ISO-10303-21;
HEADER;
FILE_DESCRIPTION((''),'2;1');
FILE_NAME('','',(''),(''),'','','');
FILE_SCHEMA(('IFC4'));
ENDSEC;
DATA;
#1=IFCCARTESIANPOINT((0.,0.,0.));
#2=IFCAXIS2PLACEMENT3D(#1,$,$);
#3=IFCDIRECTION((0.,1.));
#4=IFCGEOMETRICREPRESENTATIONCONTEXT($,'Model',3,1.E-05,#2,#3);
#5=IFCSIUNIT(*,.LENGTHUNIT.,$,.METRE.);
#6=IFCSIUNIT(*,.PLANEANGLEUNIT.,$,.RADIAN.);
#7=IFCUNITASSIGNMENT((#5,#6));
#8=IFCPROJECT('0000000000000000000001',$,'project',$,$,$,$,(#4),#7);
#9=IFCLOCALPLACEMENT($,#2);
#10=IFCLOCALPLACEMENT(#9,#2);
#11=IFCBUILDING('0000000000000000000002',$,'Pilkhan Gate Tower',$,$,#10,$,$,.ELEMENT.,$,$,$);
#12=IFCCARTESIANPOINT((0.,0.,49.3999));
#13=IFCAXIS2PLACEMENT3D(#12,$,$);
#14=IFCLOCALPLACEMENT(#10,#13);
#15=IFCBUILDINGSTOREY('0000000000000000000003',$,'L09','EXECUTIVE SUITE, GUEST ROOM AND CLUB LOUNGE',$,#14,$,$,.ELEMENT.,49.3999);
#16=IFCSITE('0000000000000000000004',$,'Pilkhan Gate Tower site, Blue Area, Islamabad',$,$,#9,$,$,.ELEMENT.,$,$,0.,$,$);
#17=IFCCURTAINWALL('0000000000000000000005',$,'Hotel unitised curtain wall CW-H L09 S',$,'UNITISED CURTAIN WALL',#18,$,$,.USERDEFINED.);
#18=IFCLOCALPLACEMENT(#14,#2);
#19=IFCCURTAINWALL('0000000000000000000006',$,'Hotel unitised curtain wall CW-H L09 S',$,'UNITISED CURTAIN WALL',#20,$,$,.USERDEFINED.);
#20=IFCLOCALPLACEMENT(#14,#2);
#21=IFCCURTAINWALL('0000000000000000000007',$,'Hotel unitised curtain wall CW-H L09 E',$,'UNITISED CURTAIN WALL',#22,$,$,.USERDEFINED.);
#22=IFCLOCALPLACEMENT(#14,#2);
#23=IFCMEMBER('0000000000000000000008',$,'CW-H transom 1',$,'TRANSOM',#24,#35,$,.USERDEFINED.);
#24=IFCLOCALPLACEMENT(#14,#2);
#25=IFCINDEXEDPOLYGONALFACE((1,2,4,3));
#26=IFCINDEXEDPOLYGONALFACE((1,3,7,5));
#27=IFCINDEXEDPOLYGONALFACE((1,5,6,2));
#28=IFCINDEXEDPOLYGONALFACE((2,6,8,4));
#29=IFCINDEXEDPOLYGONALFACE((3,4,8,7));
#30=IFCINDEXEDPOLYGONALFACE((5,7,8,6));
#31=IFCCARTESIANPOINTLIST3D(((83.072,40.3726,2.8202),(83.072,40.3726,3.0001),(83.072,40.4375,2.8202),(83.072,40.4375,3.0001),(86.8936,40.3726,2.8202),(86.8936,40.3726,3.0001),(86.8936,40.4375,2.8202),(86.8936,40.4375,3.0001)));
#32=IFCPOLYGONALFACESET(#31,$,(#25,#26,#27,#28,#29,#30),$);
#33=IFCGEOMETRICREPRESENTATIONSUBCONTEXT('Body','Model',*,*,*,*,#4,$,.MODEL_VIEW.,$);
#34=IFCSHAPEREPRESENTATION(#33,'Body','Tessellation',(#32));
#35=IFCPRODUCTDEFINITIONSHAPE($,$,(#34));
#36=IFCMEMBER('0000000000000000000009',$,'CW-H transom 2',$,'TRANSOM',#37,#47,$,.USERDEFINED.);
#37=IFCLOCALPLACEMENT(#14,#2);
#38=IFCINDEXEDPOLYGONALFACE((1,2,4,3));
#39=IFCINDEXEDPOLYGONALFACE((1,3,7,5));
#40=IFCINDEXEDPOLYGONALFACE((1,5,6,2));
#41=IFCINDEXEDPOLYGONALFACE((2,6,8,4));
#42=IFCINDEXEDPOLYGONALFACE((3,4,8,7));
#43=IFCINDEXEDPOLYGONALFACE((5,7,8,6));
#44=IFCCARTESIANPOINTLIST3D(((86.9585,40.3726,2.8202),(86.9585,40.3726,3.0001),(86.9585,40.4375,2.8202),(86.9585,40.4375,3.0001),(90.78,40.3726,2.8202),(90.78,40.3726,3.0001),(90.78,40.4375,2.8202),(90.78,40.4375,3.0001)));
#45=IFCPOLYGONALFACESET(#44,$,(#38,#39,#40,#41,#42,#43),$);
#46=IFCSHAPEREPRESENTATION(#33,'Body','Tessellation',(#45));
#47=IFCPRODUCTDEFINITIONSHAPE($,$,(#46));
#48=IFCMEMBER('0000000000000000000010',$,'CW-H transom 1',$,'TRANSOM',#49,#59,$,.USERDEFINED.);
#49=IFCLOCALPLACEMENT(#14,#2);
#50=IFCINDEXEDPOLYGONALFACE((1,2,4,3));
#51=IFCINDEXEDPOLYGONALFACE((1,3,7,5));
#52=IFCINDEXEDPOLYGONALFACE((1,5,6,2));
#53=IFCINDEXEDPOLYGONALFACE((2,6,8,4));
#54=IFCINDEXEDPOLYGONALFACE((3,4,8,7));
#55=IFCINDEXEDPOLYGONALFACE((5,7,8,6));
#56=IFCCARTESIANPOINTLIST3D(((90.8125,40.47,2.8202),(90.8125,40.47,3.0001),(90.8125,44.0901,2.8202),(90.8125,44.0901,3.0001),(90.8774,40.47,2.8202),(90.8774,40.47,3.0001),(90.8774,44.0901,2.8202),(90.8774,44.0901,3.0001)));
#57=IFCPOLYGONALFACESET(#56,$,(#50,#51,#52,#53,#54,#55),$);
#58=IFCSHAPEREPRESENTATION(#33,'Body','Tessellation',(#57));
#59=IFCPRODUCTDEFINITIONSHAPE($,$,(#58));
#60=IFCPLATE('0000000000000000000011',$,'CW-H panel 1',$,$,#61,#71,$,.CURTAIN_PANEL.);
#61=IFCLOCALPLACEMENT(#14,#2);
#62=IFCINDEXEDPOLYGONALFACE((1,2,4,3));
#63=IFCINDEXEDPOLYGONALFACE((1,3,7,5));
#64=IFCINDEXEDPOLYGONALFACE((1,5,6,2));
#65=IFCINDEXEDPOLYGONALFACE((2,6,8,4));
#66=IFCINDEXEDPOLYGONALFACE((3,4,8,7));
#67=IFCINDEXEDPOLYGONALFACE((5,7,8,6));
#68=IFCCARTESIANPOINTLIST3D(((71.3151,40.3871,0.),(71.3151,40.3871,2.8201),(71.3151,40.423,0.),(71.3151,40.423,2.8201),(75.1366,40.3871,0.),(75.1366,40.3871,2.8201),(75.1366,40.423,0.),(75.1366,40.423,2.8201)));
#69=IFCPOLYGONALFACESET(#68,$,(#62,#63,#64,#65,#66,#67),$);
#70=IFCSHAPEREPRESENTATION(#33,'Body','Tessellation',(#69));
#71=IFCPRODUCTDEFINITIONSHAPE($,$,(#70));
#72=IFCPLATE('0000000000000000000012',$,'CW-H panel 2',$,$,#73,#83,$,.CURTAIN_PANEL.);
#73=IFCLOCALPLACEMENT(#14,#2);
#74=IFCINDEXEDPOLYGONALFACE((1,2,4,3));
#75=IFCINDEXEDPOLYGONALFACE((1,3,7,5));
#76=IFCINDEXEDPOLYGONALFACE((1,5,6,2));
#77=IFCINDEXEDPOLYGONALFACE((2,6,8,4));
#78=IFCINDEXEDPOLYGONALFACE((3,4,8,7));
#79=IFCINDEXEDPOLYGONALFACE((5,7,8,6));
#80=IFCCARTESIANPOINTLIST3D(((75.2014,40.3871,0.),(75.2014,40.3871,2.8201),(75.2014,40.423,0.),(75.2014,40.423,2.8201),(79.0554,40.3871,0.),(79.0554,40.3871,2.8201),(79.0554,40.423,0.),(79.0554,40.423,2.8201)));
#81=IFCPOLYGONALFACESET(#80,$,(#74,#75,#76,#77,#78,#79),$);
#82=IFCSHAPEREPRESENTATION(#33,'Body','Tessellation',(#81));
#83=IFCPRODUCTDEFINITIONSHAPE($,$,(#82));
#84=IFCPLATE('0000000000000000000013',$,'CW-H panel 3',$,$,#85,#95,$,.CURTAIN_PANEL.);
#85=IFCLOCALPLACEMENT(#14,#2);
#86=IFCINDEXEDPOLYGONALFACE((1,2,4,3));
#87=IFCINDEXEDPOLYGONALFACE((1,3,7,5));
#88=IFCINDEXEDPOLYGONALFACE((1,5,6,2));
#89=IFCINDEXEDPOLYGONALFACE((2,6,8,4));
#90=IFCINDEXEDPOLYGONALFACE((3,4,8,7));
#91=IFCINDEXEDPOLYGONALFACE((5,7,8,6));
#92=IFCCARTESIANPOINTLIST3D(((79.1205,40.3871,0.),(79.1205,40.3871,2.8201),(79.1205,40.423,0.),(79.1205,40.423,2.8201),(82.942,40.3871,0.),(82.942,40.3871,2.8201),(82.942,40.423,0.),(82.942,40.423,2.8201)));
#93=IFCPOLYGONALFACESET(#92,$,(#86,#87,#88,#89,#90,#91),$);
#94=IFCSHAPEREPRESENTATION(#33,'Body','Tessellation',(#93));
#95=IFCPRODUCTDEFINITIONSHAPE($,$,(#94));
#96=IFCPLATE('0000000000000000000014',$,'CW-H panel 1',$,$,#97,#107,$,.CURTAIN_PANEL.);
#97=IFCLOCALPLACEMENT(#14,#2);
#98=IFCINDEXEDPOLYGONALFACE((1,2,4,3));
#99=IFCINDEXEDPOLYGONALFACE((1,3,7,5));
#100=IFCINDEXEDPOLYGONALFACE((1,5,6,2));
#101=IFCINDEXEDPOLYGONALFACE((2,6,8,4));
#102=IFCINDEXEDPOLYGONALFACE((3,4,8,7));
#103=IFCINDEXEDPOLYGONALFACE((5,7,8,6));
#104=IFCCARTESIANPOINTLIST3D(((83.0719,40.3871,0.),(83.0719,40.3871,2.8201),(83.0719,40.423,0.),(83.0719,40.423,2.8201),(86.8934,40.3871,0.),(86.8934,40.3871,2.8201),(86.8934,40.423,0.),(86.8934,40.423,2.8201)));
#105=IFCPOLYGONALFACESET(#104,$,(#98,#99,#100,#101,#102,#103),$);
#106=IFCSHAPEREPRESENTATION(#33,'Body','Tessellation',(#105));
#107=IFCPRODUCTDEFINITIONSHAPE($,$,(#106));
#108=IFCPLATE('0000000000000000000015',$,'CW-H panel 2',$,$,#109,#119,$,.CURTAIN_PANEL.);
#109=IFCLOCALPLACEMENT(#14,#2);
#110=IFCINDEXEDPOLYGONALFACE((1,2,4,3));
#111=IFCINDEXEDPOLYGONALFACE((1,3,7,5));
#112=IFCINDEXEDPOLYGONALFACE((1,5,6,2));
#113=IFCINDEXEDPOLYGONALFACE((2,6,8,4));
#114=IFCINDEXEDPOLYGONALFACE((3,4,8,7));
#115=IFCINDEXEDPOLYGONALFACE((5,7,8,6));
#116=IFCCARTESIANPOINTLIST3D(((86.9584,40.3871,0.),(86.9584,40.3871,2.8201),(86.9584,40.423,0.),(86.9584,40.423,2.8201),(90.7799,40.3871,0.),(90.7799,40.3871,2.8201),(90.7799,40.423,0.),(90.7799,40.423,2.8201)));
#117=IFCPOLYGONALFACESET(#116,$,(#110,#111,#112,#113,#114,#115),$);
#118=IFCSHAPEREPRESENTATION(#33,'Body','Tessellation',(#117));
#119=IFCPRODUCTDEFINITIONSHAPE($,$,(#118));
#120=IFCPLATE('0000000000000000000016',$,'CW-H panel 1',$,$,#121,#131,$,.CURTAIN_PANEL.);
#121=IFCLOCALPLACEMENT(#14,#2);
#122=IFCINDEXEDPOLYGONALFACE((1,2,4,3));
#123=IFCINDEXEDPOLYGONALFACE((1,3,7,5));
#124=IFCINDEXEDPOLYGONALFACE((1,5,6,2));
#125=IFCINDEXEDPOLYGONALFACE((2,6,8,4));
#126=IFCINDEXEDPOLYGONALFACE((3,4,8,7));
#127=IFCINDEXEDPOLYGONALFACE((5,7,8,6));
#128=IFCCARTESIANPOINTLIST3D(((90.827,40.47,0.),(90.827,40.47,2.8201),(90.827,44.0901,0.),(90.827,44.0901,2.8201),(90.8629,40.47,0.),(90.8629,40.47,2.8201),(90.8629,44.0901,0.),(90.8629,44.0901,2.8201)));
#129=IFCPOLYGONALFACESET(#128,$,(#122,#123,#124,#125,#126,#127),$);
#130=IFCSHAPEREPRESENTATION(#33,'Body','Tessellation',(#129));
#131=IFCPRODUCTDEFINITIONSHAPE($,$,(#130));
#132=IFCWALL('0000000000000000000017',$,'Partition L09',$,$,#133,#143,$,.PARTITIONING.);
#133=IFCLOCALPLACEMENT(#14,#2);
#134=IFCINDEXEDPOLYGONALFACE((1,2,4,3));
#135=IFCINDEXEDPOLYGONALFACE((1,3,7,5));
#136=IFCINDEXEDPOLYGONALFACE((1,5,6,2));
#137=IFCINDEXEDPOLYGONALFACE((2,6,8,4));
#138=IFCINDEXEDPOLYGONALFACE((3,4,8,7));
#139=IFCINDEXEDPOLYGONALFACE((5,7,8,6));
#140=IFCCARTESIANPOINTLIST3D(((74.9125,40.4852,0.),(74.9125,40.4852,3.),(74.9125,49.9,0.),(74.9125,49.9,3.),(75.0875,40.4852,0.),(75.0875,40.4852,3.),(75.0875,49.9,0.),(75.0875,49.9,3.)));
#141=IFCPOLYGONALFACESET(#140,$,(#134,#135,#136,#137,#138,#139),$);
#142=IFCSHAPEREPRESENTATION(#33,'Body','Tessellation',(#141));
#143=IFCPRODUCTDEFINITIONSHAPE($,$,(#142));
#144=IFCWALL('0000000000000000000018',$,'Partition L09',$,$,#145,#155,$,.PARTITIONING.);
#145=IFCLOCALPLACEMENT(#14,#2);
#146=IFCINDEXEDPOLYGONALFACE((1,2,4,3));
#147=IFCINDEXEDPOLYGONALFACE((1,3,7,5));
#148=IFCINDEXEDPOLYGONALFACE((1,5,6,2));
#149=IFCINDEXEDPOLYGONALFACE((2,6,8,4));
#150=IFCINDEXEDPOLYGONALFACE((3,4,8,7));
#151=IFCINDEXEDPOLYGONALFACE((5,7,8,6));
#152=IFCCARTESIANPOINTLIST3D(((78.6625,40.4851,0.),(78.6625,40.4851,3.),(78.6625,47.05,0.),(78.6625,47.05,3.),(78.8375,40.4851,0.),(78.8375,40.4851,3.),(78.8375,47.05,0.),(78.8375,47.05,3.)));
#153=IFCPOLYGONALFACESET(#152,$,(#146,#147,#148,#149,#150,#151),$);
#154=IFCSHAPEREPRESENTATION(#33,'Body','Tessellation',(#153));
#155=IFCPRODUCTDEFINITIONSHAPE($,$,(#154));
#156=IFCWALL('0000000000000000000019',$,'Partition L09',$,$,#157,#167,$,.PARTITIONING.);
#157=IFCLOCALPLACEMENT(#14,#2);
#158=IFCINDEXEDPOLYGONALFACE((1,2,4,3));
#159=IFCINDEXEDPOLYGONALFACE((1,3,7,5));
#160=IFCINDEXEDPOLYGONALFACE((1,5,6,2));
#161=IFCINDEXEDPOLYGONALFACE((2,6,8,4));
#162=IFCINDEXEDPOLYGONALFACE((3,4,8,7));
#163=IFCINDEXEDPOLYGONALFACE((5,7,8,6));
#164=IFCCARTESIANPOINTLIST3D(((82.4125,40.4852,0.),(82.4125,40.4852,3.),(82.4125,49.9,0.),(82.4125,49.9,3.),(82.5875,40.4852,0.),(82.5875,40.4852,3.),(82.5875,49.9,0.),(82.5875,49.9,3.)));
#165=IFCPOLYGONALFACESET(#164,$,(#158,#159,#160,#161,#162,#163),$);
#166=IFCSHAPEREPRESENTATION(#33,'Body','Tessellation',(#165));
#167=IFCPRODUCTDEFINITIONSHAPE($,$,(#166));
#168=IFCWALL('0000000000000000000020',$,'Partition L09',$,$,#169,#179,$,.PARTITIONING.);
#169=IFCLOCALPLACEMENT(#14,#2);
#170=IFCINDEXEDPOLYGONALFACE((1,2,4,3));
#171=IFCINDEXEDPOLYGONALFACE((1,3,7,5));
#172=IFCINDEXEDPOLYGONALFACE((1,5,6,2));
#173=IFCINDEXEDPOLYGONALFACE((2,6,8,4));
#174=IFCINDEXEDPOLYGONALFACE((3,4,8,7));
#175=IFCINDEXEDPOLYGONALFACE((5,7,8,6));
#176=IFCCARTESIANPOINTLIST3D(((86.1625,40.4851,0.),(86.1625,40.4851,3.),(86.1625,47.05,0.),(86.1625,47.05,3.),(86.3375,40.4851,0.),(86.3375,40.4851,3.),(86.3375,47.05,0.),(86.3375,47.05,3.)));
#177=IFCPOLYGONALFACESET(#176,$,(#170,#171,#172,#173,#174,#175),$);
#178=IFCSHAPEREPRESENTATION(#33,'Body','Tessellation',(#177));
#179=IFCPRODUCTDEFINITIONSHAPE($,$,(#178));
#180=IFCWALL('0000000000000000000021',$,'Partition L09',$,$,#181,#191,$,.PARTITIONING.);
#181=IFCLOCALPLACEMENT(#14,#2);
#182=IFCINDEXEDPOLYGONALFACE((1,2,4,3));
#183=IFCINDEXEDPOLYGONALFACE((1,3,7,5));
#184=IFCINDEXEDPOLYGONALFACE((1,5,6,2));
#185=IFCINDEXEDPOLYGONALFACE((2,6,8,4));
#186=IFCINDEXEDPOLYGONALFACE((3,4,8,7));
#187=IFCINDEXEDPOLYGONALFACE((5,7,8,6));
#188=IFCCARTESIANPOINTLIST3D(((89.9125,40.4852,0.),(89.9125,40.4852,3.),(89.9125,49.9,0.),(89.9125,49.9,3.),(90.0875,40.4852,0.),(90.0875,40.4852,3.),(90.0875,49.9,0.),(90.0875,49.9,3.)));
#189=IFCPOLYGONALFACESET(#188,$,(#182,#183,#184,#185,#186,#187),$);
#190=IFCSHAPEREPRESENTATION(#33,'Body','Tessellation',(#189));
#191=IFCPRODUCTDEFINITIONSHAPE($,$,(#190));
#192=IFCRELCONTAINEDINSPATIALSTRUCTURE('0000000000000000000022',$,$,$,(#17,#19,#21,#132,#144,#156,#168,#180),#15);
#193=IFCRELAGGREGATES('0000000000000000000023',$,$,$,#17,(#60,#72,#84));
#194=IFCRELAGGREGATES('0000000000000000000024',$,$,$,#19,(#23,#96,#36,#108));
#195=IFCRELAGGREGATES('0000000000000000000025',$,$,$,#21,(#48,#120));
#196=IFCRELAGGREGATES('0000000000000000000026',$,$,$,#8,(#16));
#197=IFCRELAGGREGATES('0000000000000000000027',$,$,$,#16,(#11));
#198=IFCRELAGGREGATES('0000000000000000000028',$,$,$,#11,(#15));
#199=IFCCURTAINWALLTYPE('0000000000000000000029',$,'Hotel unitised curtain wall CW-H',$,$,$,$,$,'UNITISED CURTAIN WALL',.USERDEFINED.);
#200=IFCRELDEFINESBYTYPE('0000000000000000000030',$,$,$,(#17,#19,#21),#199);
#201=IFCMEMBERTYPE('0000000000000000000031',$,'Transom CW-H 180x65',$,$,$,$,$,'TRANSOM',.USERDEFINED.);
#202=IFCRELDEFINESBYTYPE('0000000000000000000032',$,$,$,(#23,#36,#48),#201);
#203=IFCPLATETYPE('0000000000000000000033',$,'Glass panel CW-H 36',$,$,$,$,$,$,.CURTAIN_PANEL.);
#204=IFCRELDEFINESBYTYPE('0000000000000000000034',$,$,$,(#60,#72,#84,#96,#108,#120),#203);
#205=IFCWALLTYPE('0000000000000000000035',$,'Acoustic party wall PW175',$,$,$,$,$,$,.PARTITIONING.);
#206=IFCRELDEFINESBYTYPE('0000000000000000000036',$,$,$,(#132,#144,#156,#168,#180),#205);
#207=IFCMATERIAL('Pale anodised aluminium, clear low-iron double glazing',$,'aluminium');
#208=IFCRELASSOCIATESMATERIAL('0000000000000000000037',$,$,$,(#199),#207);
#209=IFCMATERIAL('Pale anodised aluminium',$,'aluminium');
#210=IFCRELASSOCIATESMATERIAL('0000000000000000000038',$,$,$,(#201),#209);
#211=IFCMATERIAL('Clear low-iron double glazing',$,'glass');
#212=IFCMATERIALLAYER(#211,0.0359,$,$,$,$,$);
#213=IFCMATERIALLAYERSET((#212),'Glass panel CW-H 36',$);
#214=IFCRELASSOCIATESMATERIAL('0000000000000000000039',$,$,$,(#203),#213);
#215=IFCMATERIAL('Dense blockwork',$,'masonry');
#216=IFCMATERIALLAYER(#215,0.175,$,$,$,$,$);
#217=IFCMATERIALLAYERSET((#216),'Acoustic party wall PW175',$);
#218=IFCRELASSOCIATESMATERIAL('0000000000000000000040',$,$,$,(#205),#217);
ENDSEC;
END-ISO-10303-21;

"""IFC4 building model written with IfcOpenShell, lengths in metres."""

from ifc_helpers import new_model, si_unit, direction, frame, frame_2d, origin, origin_2d, place, context, subcontext, project, spatial, rectangle, extrude, material, layer, layer_set, material_profile, profile_set, type_object, element, aggregate, save


model = new_model("IFC4")

# Units and contexts
model_context = context("Model", 3, precision=1e-05, world=origin(), true_north=direction((0.0, 1.0)))
body_context = subcontext(model_context, "Body", "Model", "MODEL_VIEW")
ifc_project = project(units=[si_unit("LENGTHUNIT", "METRE"), si_unit("PLANEANGLEUNIT", "RADIAN")], contexts=[model_context])

# Site, building, storey
site_placement = place(None, origin())
site = spatial("IfcSite", under=ifc_project, at=site_placement, Name="Pilkhan Gate Tower site, Blue Area, Islamabad", CompositionType="ELEMENT", RefElevation=0.0)
building_placement = place(site_placement, origin())
building = spatial("IfcBuilding", under=site, at=building_placement, Name="Pilkhan Gate Tower", CompositionType="ELEMENT")
storey_placement = place(building_placement, frame((0.0, 0.0, 49.3999)))
storey = spatial("IfcBuildingStorey", under=building, at=storey_placement, Name="L09", Description="EXECUTIVE SUITE, GUEST ROOM AND CLUB LOUNGE", CompositionType="ELEMENT", Elevation=49.3999)

# Curtain walls
ifc_material_1 = material(Name="Pale anodised aluminium, clear low-iron double glazing", Category="aluminium")
curtain_wall_type = type_object("IfcCurtainWallType", Name="Hotel unitised curtain wall CW-H", ElementType="UNITISED CURTAIN WALL", PredefinedType="USERDEFINED", material=ifc_material_1)
curtain_wall_1_placement = place(storey_placement, origin())
curtain_wall_1 = element("IfcCurtainWall", 1, at=curtain_wall_1_placement, inside=storey, type_object=curtain_wall_type, Name="Hotel unitised curtain wall CW-H L09 S", ObjectType="UNITISED CURTAIN WALL", PredefinedType="USERDEFINED")
ifc_material_2 = material(Name="Pale anodised aluminium", Category="aluminium")
curtain_wall_2_placement = place(storey_placement, origin())
curtain_wall_2 = element("IfcCurtainWall", 2, at=curtain_wall_2_placement, inside=storey, type_object=curtain_wall_type, Name="Hotel unitised curtain wall CW-H L09 S", ObjectType="UNITISED CURTAIN WALL", PredefinedType="USERDEFINED")
curtain_wall_3_placement = place(storey_placement, origin())
curtain_wall_3 = element("IfcCurtainWall", 3, at=curtain_wall_3_placement, inside=storey, type_object=curtain_wall_type, Name="Hotel unitised curtain wall CW-H L09 E", ObjectType="UNITISED CURTAIN WALL", PredefinedType="USERDEFINED")

# Members
ifc_material_profile_1 = material_profile(ifc_material_2, rectangle(XDim=0.0649, YDim=0.1799, at=origin_2d()), Name="Transom 180x65")
ifc_profile_set_1 = profile_set([ifc_material_profile_1], Name="Pale anodised aluminium")
member_type_1 = type_object("IfcMemberType", Name="Transom CW-H 180x65", ElementType="TRANSOM", PredefinedType="USERDEFINED", material=ifc_profile_set_1)
member_1_placement = place(storey_placement, frame((83.072, 40.405, 2.9102), z_axis=(1.0, 0.0, 0.0), x_axis=(0.0, 1.0, 0.0)))
member_1 = element("IfcMember", 4, at=member_1_placement, type_object=member_type_1, Name="CW-H transom 1", ObjectType="TRANSOM", PredefinedType="USERDEFINED", context=body_context, shape_type="SweptSolid", body=[
    extrude(rectangle(XDim=0.0649, YDim=0.1799, at=origin_2d()), origin(), (0.0, 0.0, 1.0), 3.8215),
])
member_2_placement = place(storey_placement, frame((86.9585, 40.405, 2.9102), z_axis=(1.0, 0.0, 0.0), x_axis=(0.0, 1.0, 0.0)))
member_2 = element("IfcMember", 5, at=member_2_placement, type_object=member_type_1, Name="CW-H transom 2", ObjectType="TRANSOM", PredefinedType="USERDEFINED", context=body_context, shape_type="SweptSolid", body=[
    extrude(rectangle(XDim=0.0649, YDim=0.1799, at=origin_2d()), origin(), (0.0, 0.0, 1.0), 3.8215),
])
member_3_placement = place(storey_placement, frame((90.845, 40.47, 2.9102), z_axis=(0.0, 1.0, 0.0), x_axis=(-1.0, 0.0, 0.0)))
member_3 = element("IfcMember", 6, at=member_3_placement, type_object=member_type_1, Name="CW-H transom 1", ObjectType="TRANSOM", PredefinedType="USERDEFINED", context=body_context, shape_type="SweptSolid", body=[
    extrude(rectangle(XDim=0.0649, YDim=0.1799, at=origin_2d()), origin(), (0.0, 0.0, 1.0), 3.6201),
])

# Plates
ifc_material_3 = material(Name="Clear low-iron double glazing", Category="glass")
ifc_layer_1 = layer(ifc_material_3, 0.0359)
ifc_layer_set_1 = layer_set([ifc_layer_1], Name="Glass panel CW-H 36")
plate_type = type_object("IfcPlateType", Name="Glass panel CW-H 36", PredefinedType="CURTAIN_PANEL", material=ifc_layer_set_1)
plate_1_placement = place(storey_placement, frame((73.2258, 40.405, 0.0), z_axis=(0.0, 0.0, 1.0), x_axis=(1.0, 0.0, 0.0)))
plate_1 = element("IfcPlate", 7, at=plate_1_placement, type_object=plate_type, Name="CW-H panel 1", PredefinedType="CURTAIN_PANEL", context=body_context, shape_type="SweptSolid", body=[
    extrude(rectangle(XDim=3.8215, YDim=0.0359, at=origin_2d()), origin(), (0.0, 0.0, 1.0), 2.8201),
])
plate_2_placement = place(storey_placement, frame((77.1284, 40.405, 0.0), z_axis=(0.0, 0.0, 1.0), x_axis=(1.0, 0.0, 0.0)))
plate_2 = element("IfcPlate", 8, at=plate_2_placement, type_object=plate_type, Name="CW-H panel 2", PredefinedType="CURTAIN_PANEL", context=body_context, shape_type="SweptSolid", body=[
    extrude(rectangle(XDim=3.854, YDim=0.0359, at=origin_2d()), origin(), (0.0, 0.0, 1.0), 2.8201),
])
plate_3_placement = place(storey_placement, frame((81.0312, 40.405, 0.0), z_axis=(0.0, 0.0, 1.0), x_axis=(1.0, 0.0, 0.0)))
plate_3 = element("IfcPlate", 9, at=plate_3_placement, type_object=plate_type, Name="CW-H panel 3", PredefinedType="CURTAIN_PANEL", context=body_context, shape_type="SweptSolid", body=[
    extrude(rectangle(XDim=3.8215, YDim=0.0359, at=origin_2d()), origin(), (0.0, 0.0, 1.0), 2.8201),
])
aggregate(curtain_wall_1, [plate_1, plate_2, plate_3])
plate_4_placement = place(storey_placement, frame((84.9827, 40.405, 0.0), z_axis=(0.0, 0.0, 1.0), x_axis=(1.0, 0.0, 0.0)))
plate_4 = element("IfcPlate", 10, at=plate_4_placement, type_object=plate_type, Name="CW-H panel 1", PredefinedType="CURTAIN_PANEL", context=body_context, shape_type="SweptSolid", body=[
    extrude(rectangle(XDim=3.8215, YDim=0.0359, at=origin_2d()), origin(), (0.0, 0.0, 1.0), 2.8201),
])
plate_5_placement = place(storey_placement, frame((88.8691, 40.405, 0.0), z_axis=(0.0, 0.0, 1.0), x_axis=(1.0, 0.0, 0.0)))
plate_5 = element("IfcPlate", 11, at=plate_5_placement, type_object=plate_type, Name="CW-H panel 2", PredefinedType="CURTAIN_PANEL", context=body_context, shape_type="SweptSolid", body=[
    extrude(rectangle(XDim=3.8215, YDim=0.0359, at=origin_2d()), origin(), (0.0, 0.0, 1.0), 2.8201),
])
aggregate(curtain_wall_2, [member_1, plate_4, member_2, plate_5])
plate_6_placement = place(storey_placement, frame((90.845, 42.28, 0.0), z_axis=(0.0, 0.0, 1.0), x_axis=(0.0, 1.0, 0.0)))
plate_6 = element("IfcPlate", 12, at=plate_6_placement, type_object=plate_type, Name="CW-H panel 1", PredefinedType="CURTAIN_PANEL", context=body_context, shape_type="SweptSolid", body=[
    extrude(rectangle(XDim=3.6201, YDim=0.0359, at=origin_2d()), origin(), (0.0, 0.0, 1.0), 2.8201),
])
aggregate(curtain_wall_3, [member_3, plate_6])

# Walls
ifc_material_4 = material(Name="Dense blockwork", Category="masonry")
ifc_layer_2 = layer(ifc_material_4, 0.175)
ifc_layer_set_2 = layer_set([ifc_layer_2], Name="Acoustic party wall PW175")
wall_type_1 = type_object("IfcWallType", Name="Acoustic party wall PW175", PredefinedType="PARTITIONING", material=ifc_layer_set_2)
wall_1_placement = place(storey_placement, frame((75.0, 40.4851, 0.0), z_axis=(0.0, 0.0, 1.0), x_axis=(0.0, 1.0, 0.0)))
element("IfcWall", 13, at=wall_1_placement, inside=storey, type_object=wall_type_1, Name="Partition L09", PredefinedType="PARTITIONING", context=body_context, shape_type="SweptSolid", body=[
    extrude(rectangle(XDim=9.4148, YDim=0.175, at=frame_2d((4.7075, 0.0))), origin(), (0.0, 0.0, 1.0), 3.0),
])
wall_2_placement = place(storey_placement, frame((78.75, 40.4851, 0.0), z_axis=(0.0, 0.0, 1.0), x_axis=(0.0, 1.0, 0.0)))
element("IfcWall", 14, at=wall_2_placement, inside=storey, type_object=wall_type_1, Name="Partition L09", PredefinedType="PARTITIONING", context=body_context, shape_type="SweptSolid", body=[
    extrude(rectangle(XDim=6.5649, YDim=0.175, at=frame_2d((3.2825, 0.0))), origin(), (0.0, 0.0, 1.0), 3.0),
])
wall_3_placement = place(storey_placement, frame((82.5, 40.4851, 0.0), z_axis=(0.0, 0.0, 1.0), x_axis=(0.0, 1.0, 0.0)))
element("IfcWall", 15, at=wall_3_placement, inside=storey, type_object=wall_type_1, Name="Partition L09", PredefinedType="PARTITIONING", context=body_context, shape_type="SweptSolid", body=[
    extrude(rectangle(XDim=9.4148, YDim=0.175, at=frame_2d((4.7075, 0.0))), origin(), (0.0, 0.0, 1.0), 3.0),
])
wall_4_placement = place(storey_placement, frame((86.25, 40.4851, 0.0), z_axis=(0.0, 0.0, 1.0), x_axis=(0.0, 1.0, 0.0)))
element("IfcWall", 16, at=wall_4_placement, inside=storey, type_object=wall_type_1, Name="Partition L09", PredefinedType="PARTITIONING", context=body_context, shape_type="SweptSolid", body=[
    extrude(rectangle(XDim=6.5649, YDim=0.175, at=frame_2d((3.2825, 0.0))), origin(), (0.0, 0.0, 1.0), 3.0),
])
wall_5_placement = place(storey_placement, frame((90.0, 40.4851, 0.0), z_axis=(0.0, 0.0, 1.0), x_axis=(0.0, 1.0, 0.0)))
element("IfcWall", 17, at=wall_5_placement, inside=storey, type_object=wall_type_1, Name="Partition L09", PredefinedType="PARTITIONING", context=body_context, shape_type="SweptSolid", body=[
    extrude(rectangle(XDim=9.4148, YDim=0.175, at=frame_2d((4.7075, 0.0))), origin(), (0.0, 0.0, 1.0), 3.0),
])

save(model, "model.ifc")
